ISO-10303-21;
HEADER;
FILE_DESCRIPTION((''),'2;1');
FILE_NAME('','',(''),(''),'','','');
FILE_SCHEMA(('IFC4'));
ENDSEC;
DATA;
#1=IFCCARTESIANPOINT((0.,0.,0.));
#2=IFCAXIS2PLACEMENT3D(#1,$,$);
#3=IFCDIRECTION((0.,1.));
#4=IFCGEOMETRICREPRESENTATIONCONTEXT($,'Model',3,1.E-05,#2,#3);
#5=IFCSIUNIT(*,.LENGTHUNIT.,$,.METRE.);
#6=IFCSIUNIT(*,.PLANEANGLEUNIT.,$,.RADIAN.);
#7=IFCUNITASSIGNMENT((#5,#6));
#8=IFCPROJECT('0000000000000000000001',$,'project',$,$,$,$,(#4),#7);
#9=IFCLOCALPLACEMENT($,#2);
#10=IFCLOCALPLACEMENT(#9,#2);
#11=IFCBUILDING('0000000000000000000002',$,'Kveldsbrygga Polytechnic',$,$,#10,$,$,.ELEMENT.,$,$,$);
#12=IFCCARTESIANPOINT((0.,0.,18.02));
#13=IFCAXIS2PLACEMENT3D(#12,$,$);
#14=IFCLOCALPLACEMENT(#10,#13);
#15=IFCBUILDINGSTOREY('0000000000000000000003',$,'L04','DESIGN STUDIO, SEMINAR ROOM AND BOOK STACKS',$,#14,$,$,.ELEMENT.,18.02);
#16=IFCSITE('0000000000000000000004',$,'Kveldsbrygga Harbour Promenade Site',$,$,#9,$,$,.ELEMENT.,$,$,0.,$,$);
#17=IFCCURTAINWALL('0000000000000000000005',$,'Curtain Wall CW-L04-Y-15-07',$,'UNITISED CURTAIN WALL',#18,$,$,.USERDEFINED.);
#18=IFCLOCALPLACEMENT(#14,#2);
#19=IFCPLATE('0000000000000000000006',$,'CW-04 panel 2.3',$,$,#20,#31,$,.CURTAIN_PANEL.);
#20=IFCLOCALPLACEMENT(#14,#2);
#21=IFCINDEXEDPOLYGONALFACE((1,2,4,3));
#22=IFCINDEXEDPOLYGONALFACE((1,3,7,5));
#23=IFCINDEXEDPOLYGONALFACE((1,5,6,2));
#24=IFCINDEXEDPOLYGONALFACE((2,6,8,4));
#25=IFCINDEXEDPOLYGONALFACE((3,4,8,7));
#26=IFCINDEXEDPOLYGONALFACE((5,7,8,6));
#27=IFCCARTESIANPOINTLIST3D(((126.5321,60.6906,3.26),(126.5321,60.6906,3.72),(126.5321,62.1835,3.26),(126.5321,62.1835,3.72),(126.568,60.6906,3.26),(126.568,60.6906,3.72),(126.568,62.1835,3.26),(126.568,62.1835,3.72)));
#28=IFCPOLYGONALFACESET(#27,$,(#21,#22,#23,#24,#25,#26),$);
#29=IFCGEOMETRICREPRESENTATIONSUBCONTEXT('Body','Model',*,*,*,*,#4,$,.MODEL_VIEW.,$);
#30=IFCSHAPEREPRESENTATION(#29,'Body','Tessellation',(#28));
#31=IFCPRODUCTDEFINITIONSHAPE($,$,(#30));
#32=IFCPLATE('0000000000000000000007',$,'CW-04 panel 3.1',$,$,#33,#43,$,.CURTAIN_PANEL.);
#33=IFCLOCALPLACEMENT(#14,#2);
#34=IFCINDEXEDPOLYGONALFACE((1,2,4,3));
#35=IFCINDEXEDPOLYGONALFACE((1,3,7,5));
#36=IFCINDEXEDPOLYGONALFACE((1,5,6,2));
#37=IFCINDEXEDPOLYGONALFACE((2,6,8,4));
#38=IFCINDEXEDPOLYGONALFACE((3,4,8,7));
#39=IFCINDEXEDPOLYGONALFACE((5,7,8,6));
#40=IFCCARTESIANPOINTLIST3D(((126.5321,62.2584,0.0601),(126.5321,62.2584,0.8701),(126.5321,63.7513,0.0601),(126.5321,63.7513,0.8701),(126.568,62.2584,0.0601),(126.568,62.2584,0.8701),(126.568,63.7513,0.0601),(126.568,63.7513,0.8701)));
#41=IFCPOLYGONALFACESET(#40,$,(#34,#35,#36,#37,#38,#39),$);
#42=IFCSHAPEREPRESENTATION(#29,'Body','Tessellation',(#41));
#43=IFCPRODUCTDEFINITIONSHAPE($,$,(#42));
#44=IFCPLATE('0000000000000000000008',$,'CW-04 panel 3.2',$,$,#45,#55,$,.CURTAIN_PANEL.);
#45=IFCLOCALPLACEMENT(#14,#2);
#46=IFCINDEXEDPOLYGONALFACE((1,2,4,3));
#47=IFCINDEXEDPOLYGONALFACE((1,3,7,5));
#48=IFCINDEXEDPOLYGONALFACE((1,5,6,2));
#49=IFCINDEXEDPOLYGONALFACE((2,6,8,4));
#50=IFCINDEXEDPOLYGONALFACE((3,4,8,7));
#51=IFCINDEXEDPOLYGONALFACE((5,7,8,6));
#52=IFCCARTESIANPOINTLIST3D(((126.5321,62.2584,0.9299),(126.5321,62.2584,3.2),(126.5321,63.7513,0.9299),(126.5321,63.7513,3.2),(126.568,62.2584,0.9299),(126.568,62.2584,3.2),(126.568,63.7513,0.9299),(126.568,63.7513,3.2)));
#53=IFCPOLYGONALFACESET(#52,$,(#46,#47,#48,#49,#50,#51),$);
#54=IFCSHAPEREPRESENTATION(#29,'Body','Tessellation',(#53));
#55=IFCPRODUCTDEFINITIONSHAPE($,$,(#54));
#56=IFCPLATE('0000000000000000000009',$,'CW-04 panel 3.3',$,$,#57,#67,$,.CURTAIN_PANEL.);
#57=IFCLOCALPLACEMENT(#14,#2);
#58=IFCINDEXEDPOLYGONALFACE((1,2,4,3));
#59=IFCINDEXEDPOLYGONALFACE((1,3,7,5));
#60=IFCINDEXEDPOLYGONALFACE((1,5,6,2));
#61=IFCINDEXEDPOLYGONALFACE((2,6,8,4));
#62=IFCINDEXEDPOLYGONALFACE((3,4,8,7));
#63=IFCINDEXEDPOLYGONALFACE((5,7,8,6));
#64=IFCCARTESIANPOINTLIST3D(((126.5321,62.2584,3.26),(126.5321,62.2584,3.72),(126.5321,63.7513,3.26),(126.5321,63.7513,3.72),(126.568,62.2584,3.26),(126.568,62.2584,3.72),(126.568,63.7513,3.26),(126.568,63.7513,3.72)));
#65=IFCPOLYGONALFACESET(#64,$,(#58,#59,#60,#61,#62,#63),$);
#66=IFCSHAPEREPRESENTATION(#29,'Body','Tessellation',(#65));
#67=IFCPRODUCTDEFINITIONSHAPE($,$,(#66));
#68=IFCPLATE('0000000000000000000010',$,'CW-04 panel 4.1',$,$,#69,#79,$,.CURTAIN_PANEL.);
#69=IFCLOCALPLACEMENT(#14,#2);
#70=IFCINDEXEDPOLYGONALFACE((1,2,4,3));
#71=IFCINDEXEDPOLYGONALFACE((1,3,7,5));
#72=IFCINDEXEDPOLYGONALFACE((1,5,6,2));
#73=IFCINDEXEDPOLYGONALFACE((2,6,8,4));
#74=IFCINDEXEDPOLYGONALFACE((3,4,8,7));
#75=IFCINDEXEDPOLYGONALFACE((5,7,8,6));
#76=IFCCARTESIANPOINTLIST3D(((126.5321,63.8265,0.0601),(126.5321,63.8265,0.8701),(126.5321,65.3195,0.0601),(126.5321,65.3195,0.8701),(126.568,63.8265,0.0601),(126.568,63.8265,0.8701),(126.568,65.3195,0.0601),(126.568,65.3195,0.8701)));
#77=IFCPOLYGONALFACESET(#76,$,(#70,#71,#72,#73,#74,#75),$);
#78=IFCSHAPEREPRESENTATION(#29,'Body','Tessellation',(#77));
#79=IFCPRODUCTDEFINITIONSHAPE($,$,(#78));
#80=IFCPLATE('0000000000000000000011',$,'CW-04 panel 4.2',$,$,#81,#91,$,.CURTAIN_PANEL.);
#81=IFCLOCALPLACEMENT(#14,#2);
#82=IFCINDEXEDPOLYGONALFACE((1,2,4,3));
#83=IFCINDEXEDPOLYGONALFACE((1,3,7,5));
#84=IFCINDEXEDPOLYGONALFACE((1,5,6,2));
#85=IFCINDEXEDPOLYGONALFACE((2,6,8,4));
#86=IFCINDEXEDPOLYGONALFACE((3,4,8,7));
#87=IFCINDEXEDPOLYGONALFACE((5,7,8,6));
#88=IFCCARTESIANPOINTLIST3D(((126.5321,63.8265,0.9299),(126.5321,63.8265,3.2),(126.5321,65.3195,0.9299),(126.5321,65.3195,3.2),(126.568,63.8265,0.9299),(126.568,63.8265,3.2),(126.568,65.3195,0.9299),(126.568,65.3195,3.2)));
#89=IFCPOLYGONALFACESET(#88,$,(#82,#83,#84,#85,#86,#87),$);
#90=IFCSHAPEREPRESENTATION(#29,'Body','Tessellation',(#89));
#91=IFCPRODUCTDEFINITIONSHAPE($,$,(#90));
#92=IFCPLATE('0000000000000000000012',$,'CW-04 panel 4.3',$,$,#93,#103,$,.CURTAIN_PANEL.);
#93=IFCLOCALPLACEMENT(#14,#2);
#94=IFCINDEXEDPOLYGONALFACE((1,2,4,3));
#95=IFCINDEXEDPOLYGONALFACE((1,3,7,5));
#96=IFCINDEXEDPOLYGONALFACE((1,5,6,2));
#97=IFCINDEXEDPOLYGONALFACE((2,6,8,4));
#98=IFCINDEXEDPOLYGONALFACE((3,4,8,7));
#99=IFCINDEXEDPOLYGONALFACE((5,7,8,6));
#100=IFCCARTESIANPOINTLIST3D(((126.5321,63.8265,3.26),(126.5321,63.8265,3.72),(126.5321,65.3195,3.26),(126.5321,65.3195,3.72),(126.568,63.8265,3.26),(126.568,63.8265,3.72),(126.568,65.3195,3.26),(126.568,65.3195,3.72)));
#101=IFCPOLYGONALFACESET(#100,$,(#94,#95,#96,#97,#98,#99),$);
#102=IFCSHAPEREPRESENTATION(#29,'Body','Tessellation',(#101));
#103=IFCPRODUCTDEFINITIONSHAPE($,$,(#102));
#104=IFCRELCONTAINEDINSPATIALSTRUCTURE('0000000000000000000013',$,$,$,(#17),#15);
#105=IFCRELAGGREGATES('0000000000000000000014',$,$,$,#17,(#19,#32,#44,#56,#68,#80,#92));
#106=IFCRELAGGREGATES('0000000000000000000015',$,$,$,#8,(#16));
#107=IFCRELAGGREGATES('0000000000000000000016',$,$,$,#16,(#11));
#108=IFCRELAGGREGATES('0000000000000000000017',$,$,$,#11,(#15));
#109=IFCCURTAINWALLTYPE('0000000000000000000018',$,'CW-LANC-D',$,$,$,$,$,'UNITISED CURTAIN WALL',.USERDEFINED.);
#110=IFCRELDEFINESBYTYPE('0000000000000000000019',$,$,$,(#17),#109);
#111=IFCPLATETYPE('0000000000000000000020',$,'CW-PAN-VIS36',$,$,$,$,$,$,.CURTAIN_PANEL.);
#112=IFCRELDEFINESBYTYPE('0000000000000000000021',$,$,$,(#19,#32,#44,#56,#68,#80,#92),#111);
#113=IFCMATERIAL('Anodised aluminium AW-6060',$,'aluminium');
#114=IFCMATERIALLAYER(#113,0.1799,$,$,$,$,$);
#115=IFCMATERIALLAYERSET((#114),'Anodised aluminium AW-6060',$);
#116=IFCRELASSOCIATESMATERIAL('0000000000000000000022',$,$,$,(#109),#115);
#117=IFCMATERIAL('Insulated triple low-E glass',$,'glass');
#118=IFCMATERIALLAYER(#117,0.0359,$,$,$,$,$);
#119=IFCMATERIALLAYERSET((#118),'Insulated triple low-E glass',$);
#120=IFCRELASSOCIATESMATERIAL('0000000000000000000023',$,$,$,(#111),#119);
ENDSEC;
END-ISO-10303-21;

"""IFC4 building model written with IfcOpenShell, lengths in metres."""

from ifc_helpers import new_model, si_unit, direction, frame, origin, origin_2d, place, context, subcontext, project, spatial, rectangle, extrude, material, layer, layer_set, type_object, element, aggregate, save


model = new_model("IFC4")

# Units and contexts
model_context = context("Model", 3, precision=1e-05, world=origin(), true_north=direction((0.0, 1.0)))
body_context = subcontext(model_context, "Body", "Model", "MODEL_VIEW")
ifc_project = project(units=[si_unit("LENGTHUNIT", "METRE"), si_unit("PLANEANGLEUNIT", "RADIAN")], contexts=[model_context])

# Site, building, storey
site_placement = place(None, origin())
site = spatial("IfcSite", under=ifc_project, at=site_placement, Name="Kveldsbrygga Harbour Promenade Site", CompositionType="ELEMENT", RefElevation=0.0)
building_placement = place(site_placement, origin())
building = spatial("IfcBuilding", under=site, at=building_placement, Name="Kveldsbrygga Polytechnic", CompositionType="ELEMENT")
storey_placement = place(building_placement, frame((0.0, 0.0, 18.02)))
storey = spatial("IfcBuildingStorey", under=building, at=storey_placement, Name="L04", Description="DESIGN STUDIO, SEMINAR ROOM AND BOOK STACKS", CompositionType="ELEMENT", Elevation=18.02)

# Curtain wall
ifc_material_1 = material(Name="Anodised aluminium AW-6060", Category="aluminium")
ifc_layer_1 = layer(ifc_material_1, 0.1799)
ifc_layer_set_1 = layer_set([ifc_layer_1], Name="Anodised aluminium AW-6060")
curtain_wall_type = type_object("IfcCurtainWallType", Name="CW-LANC-D", ElementType="UNITISED CURTAIN WALL", PredefinedType="USERDEFINED", material=ifc_layer_set_1)
curtain_wall_placement = place(storey_placement, origin())
curtain_wall = element("IfcCurtainWall", 1, at=curtain_wall_placement, inside=storey, type_object=curtain_wall_type, Name="Curtain Wall CW-L04-Y-15-07", ObjectType="UNITISED CURTAIN WALL", PredefinedType="USERDEFINED")

# Plates
ifc_material_2 = material(Name="Insulated triple low-E glass", Category="glass")
ifc_layer_2 = layer(ifc_material_2, 0.0359)
ifc_layer_set_2 = layer_set([ifc_layer_2], Name="Insulated triple low-E glass")
plate_type = type_object("IfcPlateType", Name="CW-PAN-VIS36", PredefinedType="CURTAIN_PANEL", material=ifc_layer_set_2)
plate_1_placement = place(storey_placement, frame((126.55, 61.437, 3.26), z_axis=(0.0, 0.0, 1.0), x_axis=(0.0, 1.0, 0.0)))
plate_1 = element("IfcPlate", 2, at=plate_1_placement, type_object=plate_type, Name="CW-04 panel 2.3", PredefinedType="CURTAIN_PANEL", context=body_context, shape_type="SweptSolid", body=[
    extrude(rectangle(XDim=1.4929, YDim=0.0359, at=origin_2d()), origin(), (0.0, 0.0, 1.0), 0.46),
])
plate_2_placement = place(storey_placement, frame((126.55, 63.0049, 0.0601), z_axis=(0.0, 0.0, 1.0), x_axis=(0.0, 1.0, 0.0)))
plate_2 = element("IfcPlate", 3, at=plate_2_placement, type_object=plate_type, Name="CW-04 panel 3.1", PredefinedType="CURTAIN_PANEL", context=body_context, shape_type="SweptSolid", body=[
    extrude(rectangle(XDim=1.4929, YDim=0.0359, at=origin_2d()), origin(), (0.0, 0.0, 1.0), 0.8101),
])
plate_3_placement = place(storey_placement, frame((126.55, 63.0049, 0.9299), z_axis=(0.0, 0.0, 1.0), x_axis=(0.0, 1.0, 0.0)))
plate_3 = element("IfcPlate", 4, at=plate_3_placement, type_object=plate_type, Name="CW-04 panel 3.2", PredefinedType="CURTAIN_PANEL", context=body_context, shape_type="SweptSolid", body=[
    extrude(rectangle(XDim=1.4929, YDim=0.0359, at=origin_2d()), origin(), (0.0, 0.0, 1.0), 2.27),
])
plate_4_placement = place(storey_placement, frame((126.55, 63.0049, 3.26), z_axis=(0.0, 0.0, 1.0), x_axis=(0.0, 1.0, 0.0)))
plate_4 = element("IfcPlate", 5, at=plate_4_placement, type_object=plate_type, Name="CW-04 panel 3.3", PredefinedType="CURTAIN_PANEL", context=body_context, shape_type="SweptSolid", body=[
    extrude(rectangle(XDim=1.4929, YDim=0.0359, at=origin_2d()), origin(), (0.0, 0.0, 1.0), 0.46),
])
plate_5_placement = place(storey_placement, frame((126.55, 64.573, 0.0601), z_axis=(0.0, 0.0, 1.0), x_axis=(0.0, 1.0, 0.0)))
plate_5 = element("IfcPlate", 6, at=plate_5_placement, type_object=plate_type, Name="CW-04 panel 4.1", PredefinedType="CURTAIN_PANEL", context=body_context, shape_type="SweptSolid", body=[
    extrude(rectangle(XDim=1.4929, YDim=0.0359, at=origin_2d()), origin(), (0.0, 0.0, 1.0), 0.8101),
])
plate_6_placement = place(storey_placement, frame((126.55, 64.573, 0.9299), z_axis=(0.0, 0.0, 1.0), x_axis=(0.0, 1.0, 0.0)))
plate_6 = element("IfcPlate", 7, at=plate_6_placement, type_object=plate_type, Name="CW-04 panel 4.2", PredefinedType="CURTAIN_PANEL", context=body_context, shape_type="SweptSolid", body=[
    extrude(rectangle(XDim=1.4929, YDim=0.0359, at=origin_2d()), origin(), (0.0, 0.0, 1.0), 2.27),
])
plate_7_placement = place(storey_placement, frame((126.55, 64.573, 3.26), z_axis=(0.0, 0.0, 1.0), x_axis=(0.0, 1.0, 0.0)))
plate_7 = element("IfcPlate", 8, at=plate_7_placement, type_object=plate_type, Name="CW-04 panel 4.3", PredefinedType="CURTAIN_PANEL", context=body_context, shape_type="SweptSolid", body=[
    extrude(rectangle(XDim=1.4929, YDim=0.0359, at=origin_2d()), origin(), (0.0, 0.0, 1.0), 0.46),
])
aggregate(curtain_wall, [plate_1, plate_2, plate_3, plate_4, plate_5, plate_6, plate_7])

save(model, "model.ifc")
